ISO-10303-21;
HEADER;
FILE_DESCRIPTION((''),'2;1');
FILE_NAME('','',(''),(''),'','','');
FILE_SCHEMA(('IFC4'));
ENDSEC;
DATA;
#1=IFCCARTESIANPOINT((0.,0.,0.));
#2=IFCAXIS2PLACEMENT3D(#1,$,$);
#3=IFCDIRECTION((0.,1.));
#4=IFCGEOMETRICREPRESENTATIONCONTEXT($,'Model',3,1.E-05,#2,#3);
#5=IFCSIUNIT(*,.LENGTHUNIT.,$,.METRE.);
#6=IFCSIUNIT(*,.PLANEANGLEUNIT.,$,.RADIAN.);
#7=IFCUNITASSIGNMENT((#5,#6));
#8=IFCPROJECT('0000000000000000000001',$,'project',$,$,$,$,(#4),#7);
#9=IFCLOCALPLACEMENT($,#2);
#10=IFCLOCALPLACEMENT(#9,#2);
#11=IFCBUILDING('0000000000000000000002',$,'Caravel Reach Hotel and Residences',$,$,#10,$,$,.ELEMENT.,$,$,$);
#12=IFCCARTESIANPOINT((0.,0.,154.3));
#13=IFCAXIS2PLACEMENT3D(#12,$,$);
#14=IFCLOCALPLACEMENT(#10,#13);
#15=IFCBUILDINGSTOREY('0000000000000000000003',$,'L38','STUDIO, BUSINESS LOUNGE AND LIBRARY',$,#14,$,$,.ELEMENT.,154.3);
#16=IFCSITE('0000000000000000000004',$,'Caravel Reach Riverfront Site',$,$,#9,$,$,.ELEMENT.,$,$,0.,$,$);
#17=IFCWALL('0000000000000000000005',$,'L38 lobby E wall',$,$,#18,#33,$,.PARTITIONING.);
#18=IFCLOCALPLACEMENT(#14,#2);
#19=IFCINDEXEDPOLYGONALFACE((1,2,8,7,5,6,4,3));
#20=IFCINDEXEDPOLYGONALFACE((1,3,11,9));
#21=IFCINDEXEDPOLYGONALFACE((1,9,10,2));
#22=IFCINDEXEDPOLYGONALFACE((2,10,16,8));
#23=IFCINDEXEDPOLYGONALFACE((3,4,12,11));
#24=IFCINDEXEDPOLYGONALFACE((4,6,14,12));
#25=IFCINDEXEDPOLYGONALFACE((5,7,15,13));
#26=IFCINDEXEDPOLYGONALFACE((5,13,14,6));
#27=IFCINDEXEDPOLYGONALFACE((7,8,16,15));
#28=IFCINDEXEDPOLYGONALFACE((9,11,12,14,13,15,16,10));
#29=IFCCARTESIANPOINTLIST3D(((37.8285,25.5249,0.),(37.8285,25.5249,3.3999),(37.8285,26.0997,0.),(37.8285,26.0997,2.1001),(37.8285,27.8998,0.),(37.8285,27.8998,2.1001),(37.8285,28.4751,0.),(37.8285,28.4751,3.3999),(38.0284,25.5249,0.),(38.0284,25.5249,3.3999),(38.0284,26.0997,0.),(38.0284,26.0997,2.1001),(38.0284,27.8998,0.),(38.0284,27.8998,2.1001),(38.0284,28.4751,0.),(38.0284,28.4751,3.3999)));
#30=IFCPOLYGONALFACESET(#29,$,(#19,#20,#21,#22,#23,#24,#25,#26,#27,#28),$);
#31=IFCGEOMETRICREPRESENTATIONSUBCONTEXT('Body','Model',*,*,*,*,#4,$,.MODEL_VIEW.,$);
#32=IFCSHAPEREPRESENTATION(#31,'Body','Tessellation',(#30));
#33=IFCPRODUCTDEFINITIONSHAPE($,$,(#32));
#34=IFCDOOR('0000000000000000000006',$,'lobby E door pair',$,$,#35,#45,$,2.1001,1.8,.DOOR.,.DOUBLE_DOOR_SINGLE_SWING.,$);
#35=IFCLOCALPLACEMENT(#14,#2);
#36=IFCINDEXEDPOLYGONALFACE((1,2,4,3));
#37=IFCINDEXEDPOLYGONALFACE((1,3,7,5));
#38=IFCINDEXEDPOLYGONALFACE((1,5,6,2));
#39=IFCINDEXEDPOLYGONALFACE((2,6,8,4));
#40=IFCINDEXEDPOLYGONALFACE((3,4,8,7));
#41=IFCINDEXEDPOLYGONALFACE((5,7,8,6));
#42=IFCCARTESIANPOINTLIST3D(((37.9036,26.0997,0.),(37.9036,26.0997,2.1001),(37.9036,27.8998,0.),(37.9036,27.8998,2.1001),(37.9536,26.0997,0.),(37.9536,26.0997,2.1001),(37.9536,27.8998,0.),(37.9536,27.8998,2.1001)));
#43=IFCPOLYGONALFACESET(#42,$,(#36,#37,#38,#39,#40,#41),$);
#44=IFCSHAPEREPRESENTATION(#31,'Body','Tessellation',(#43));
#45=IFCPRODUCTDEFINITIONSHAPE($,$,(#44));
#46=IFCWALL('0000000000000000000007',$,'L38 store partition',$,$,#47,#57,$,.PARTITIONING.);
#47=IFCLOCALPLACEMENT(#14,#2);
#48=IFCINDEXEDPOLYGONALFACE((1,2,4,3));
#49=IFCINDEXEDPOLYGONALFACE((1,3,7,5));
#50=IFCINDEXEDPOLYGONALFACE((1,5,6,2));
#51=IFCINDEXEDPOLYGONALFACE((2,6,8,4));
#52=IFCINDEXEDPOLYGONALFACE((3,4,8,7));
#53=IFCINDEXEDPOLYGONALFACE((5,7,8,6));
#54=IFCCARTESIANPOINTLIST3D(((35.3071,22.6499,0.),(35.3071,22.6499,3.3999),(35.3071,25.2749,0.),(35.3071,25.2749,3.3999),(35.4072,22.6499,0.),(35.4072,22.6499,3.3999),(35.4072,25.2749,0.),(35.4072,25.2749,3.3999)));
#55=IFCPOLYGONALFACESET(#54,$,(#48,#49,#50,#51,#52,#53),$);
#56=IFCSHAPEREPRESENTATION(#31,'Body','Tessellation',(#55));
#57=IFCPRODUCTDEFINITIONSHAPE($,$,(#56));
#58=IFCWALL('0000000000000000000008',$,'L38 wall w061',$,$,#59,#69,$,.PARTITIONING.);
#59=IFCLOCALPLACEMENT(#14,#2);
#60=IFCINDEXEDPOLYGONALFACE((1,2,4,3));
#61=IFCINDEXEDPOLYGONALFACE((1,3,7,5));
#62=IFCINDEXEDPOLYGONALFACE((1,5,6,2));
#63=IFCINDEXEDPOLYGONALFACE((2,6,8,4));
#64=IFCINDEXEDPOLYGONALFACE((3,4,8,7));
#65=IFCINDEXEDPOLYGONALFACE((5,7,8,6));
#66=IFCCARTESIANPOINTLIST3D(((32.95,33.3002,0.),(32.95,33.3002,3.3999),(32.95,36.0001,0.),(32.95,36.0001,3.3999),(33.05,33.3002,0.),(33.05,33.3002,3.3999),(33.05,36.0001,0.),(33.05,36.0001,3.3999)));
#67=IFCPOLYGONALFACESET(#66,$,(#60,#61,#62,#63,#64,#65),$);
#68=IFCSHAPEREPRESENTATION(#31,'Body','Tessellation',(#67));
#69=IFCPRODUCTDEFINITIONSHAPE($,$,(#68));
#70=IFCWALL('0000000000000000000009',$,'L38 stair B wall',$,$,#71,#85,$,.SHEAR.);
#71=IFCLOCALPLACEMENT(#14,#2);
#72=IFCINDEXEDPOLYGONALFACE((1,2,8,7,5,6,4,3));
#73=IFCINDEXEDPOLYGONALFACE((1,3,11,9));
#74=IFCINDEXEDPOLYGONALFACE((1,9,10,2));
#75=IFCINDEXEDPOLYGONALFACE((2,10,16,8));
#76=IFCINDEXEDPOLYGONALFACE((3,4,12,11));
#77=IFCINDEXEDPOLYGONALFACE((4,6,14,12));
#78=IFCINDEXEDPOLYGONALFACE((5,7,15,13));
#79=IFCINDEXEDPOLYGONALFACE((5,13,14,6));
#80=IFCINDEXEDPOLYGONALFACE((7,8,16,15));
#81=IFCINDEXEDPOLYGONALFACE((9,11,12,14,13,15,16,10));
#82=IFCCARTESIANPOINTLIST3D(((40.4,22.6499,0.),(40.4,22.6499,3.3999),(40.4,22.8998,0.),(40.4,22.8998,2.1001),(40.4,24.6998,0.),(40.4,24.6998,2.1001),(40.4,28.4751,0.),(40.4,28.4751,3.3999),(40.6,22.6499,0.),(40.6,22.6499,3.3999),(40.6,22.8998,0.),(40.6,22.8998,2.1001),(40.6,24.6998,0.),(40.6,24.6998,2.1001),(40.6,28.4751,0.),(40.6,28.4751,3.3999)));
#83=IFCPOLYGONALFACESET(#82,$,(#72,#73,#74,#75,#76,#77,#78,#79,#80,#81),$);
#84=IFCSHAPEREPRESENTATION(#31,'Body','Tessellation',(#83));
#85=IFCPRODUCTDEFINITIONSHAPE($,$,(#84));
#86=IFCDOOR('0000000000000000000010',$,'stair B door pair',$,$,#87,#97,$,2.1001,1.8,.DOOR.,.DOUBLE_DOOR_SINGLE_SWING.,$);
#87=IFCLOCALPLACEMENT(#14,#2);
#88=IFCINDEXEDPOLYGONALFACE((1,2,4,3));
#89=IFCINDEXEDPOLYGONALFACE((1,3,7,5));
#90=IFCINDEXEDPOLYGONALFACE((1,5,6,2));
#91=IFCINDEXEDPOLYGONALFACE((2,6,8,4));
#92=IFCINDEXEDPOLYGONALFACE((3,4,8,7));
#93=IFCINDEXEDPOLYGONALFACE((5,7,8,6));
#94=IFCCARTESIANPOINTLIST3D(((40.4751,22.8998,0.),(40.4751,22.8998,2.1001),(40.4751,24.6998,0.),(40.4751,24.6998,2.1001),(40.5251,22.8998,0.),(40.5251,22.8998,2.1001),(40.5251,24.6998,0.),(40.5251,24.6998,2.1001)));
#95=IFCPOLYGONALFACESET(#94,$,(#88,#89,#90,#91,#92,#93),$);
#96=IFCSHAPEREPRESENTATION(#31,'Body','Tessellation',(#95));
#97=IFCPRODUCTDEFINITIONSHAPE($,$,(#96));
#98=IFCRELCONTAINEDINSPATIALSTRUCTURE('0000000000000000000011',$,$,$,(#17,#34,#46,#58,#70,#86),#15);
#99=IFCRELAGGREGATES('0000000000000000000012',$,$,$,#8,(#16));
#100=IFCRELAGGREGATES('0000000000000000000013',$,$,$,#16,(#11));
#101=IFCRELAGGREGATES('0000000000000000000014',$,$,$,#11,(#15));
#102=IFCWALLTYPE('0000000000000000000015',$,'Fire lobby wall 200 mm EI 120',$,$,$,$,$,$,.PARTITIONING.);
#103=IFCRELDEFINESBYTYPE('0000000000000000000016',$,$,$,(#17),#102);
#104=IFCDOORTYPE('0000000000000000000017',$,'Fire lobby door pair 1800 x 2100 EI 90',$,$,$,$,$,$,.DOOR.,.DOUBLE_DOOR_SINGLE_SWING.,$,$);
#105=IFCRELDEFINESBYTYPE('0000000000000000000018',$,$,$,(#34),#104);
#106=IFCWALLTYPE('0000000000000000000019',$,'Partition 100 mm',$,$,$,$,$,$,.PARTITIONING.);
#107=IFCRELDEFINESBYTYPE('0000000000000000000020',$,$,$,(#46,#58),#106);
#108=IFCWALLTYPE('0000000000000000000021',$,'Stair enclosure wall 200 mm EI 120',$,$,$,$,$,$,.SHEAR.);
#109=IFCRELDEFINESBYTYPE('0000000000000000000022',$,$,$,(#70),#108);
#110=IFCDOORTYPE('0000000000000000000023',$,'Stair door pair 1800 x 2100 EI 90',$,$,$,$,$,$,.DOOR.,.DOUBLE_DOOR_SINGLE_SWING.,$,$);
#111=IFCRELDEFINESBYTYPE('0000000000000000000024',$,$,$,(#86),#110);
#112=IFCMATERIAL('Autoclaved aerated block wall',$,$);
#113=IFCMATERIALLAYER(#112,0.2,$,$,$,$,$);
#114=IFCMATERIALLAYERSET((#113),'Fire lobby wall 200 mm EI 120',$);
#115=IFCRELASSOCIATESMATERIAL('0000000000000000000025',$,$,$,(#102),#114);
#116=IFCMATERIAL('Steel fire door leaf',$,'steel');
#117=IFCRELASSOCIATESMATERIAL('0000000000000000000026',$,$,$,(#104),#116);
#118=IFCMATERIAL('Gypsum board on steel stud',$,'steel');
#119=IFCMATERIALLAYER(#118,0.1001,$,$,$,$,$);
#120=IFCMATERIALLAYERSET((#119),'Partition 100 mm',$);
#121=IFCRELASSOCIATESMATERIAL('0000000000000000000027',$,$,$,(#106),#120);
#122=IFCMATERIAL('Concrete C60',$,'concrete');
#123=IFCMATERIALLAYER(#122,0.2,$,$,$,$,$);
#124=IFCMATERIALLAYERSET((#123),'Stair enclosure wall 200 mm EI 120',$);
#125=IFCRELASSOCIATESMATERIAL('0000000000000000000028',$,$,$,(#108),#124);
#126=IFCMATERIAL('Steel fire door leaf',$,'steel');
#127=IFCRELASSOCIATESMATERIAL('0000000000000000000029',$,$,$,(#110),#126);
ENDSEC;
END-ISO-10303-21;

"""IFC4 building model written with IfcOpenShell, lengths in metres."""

from ifc_helpers import new_model, si_unit, direction, frame, frame_2d, origin, place, context, subcontext, project, spatial, rectangle, extrude, material, layer, layer_set, type_object, element, fill, save


model = new_model("IFC4")

# Units and contexts
model_context = context("Model", 3, precision=1e-05, world=origin(), true_north=direction((0.0, 1.0)))
body_context = subcontext(model_context, "Body", "Model", "MODEL_VIEW")
ifc_project = project(units=[si_unit("LENGTHUNIT", "METRE"), si_unit("PLANEANGLEUNIT", "RADIAN")], contexts=[model_context])

# Site, building, storey
site_placement = place(None, origin())
site = spatial("IfcSite", under=ifc_project, at=site_placement, Name="Caravel Reach Riverfront Site", CompositionType="ELEMENT", RefElevation=0.0)
building_placement = place(site_placement, origin())
building = spatial("IfcBuilding", under=site, at=building_placement, Name="Caravel Reach Hotel and Residences", CompositionType="ELEMENT")
storey_placement = place(building_placement, frame((0.0, 0.0, 154.3)))
storey = spatial("IfcBuildingStorey", under=building, at=storey_placement, Name="L38", Description="STUDIO, BUSINESS LOUNGE AND LIBRARY", CompositionType="ELEMENT", Elevation=154.3)

# Wall, opening, door
ifc_material_1 = material(Name="Autoclaved aerated block wall")
ifc_layer_1 = layer(ifc_material_1, 0.2)
ifc_layer_set_1 = layer_set([ifc_layer_1], Name="Fire lobby wall 200 mm EI 120")
wall_type_1 = type_object("IfcWallType", Name="Fire lobby wall 200 mm EI 120", PredefinedType="PARTITIONING", material=ifc_layer_set_1)
wall_1_placement = place(storey_placement, frame((37.9285, 25.5249, 0.0), z_axis=(0.0, 0.0, 1.0), x_axis=(0.0, 1.0, 0.0)))
wall_1 = element("IfcWall", 1, at=wall_1_placement, inside=storey, type_object=wall_type_1, Name="L38 lobby E wall", PredefinedType="PARTITIONING", context=body_context, shape_type="SweptSolid", body=[
    extrude(rectangle(XDim=2.9502, YDim=0.2, at=frame_2d((1.4751, 0.0))), origin(), (0.0, 0.0, 1.0), 3.3999),
])
opening_1_placement = place(wall_1_placement, frame((0.575, 0.0, 0.0)))
opening_1 = element("IfcOpeningElement", 2, at=opening_1_placement, cuts=wall_1, PredefinedType="OPENING", context=body_context, shape_type="SweptSolid", body=[
    extrude(rectangle(XDim=1.8, YDim=2.1001, at=frame_2d((0.8999, 1.05))), frame((0.0, 0.1099, 0.0), z_axis=(0.0, -1.0, 0.0), x_axis=(1.0, 0.0, 0.0)), (0.0, 0.0, 1.0), 0.22),
])
ifc_material_2 = material(Name="Steel fire door leaf", Category="steel")
door_type_1 = type_object("IfcDoorType", Name="Fire lobby door pair 1800 x 2100 EI 90", OperationType="DOUBLE_DOOR_SINGLE_SWING", PredefinedType="DOOR", material=ifc_material_2)
door_1_placement = place(opening_1_placement, origin())
door_1 = element("IfcDoor", 3, at=door_1_placement, inside=storey, type_object=door_type_1, Name="lobby E door pair", OperationType="DOUBLE_DOOR_SINGLE_SWING", OverallHeight=2.1001, OverallWidth=1.8, PredefinedType="DOOR", context=body_context, shape_type="SweptSolid", body=[
    extrude(rectangle(XDim=1.8, YDim=2.1001, at=frame_2d((0.8999, 1.05))), frame((0.0, 0.0249, 0.0), z_axis=(0.0, -1.0, 0.0), x_axis=(1.0, 0.0, 0.0)), (0.0, 0.0, 1.0), 0.05),
])
fill(opening_1, door_1)

# Walls
ifc_material_3 = material(Name="Gypsum board on steel stud", Category="steel")
ifc_layer_2 = layer(ifc_material_3, 0.1001)
ifc_layer_set_2 = layer_set([ifc_layer_2], Name="Partition 100 mm")
wall_type_2 = type_object("IfcWallType", Name="Partition 100 mm", PredefinedType="PARTITIONING", material=ifc_layer_set_2)
wall_2_placement = place(storey_placement, frame((35.3572, 22.6499, 0.0), z_axis=(0.0, 0.0, 1.0), x_axis=(0.0, 1.0, 0.0)))
element("IfcWall", 4, at=wall_2_placement, inside=storey, type_object=wall_type_2, Name="L38 store partition", PredefinedType="PARTITIONING", context=body_context, shape_type="SweptSolid", body=[
    extrude(rectangle(XDim=2.625, YDim=0.1001, at=frame_2d((1.3125, 0.0))), origin(), (0.0, 0.0, 1.0), 3.3999),
])
wall_3_placement = place(storey_placement, frame((33.0, 33.3, 0.0), z_axis=(0.0, 0.0, 1.0), x_axis=(0.0, 1.0, 0.0)))
element("IfcWall", 5, at=wall_3_placement, inside=storey, type_object=wall_type_2, Name="L38 wall w061", PredefinedType="PARTITIONING", context=body_context, shape_type="SweptSolid", body=[
    extrude(rectangle(XDim=2.7, YDim=0.1001, at=frame_2d((1.3501, 0.0))), origin(), (0.0, 0.0, 1.0), 3.3999),
])

# Wall, opening, door
ifc_material_4 = material(Name="Concrete C60", Category="concrete")
ifc_layer_3 = layer(ifc_material_4, 0.2)
ifc_layer_set_3 = layer_set([ifc_layer_3], Name="Stair enclosure wall 200 mm EI 120")
wall_type_3 = type_object("IfcWallType", Name="Stair enclosure wall 200 mm EI 120", PredefinedType="SHEAR", material=ifc_layer_set_3)
wall_4_placement = place(storey_placement, frame((40.5, 22.6499, 0.0), z_axis=(0.0, 0.0, 1.0), x_axis=(0.0, 1.0, 0.0)))
wall_4 = element("IfcWall", 6, at=wall_4_placement, inside=storey, type_object=wall_type_3, Name="L38 stair B wall", PredefinedType="SHEAR", context=body_context, shape_type="SweptSolid", body=[
    extrude(rectangle(XDim=5.8252, YDim=0.2, at=frame_2d((2.9126, 0.0))), origin(), (0.0, 0.0, 1.0), 3.3999),
])
opening_2_placement = place(wall_4_placement, frame((0.25, 0.0, 0.0)))
opening_2 = element("IfcOpeningElement", 7, at=opening_2_placement, cuts=wall_4, PredefinedType="OPENING", context=body_context, shape_type="SweptSolid", body=[
    extrude(rectangle(XDim=1.8, YDim=2.1001, at=frame_2d((0.8999, 1.05))), frame((0.0, 0.1099, 0.0), z_axis=(0.0, -1.0, 0.0), x_axis=(1.0, 0.0, 0.0)), (0.0, 0.0, 1.0), 0.22),
])
ifc_material_5 = material(Name="Steel fire door leaf", Category="steel")
door_type_2 = type_object("IfcDoorType", Name="Stair door pair 1800 x 2100 EI 90", OperationType="DOUBLE_DOOR_SINGLE_SWING", PredefinedType="DOOR", material=ifc_material_5)
door_2_placement = place(opening_2_placement, origin())
door_2 = element("IfcDoor", 8, at=door_2_placement, inside=storey, type_object=door_type_2, Name="stair B door pair", OperationType="DOUBLE_DOOR_SINGLE_SWING", OverallHeight=2.1001, OverallWidth=1.8, PredefinedType="DOOR", context=body_context, shape_type="SweptSolid", body=[
    extrude(rectangle(XDim=1.8, YDim=2.1001, at=frame_2d((0.8999, 1.05))), frame((0.0, 0.0249, 0.0), z_axis=(0.0, -1.0, 0.0), x_axis=(1.0, 0.0, 0.0)), (0.0, 0.0, 1.0), 0.05),
])
fill(opening_2, door_2)

save(model, "model.ifc")
